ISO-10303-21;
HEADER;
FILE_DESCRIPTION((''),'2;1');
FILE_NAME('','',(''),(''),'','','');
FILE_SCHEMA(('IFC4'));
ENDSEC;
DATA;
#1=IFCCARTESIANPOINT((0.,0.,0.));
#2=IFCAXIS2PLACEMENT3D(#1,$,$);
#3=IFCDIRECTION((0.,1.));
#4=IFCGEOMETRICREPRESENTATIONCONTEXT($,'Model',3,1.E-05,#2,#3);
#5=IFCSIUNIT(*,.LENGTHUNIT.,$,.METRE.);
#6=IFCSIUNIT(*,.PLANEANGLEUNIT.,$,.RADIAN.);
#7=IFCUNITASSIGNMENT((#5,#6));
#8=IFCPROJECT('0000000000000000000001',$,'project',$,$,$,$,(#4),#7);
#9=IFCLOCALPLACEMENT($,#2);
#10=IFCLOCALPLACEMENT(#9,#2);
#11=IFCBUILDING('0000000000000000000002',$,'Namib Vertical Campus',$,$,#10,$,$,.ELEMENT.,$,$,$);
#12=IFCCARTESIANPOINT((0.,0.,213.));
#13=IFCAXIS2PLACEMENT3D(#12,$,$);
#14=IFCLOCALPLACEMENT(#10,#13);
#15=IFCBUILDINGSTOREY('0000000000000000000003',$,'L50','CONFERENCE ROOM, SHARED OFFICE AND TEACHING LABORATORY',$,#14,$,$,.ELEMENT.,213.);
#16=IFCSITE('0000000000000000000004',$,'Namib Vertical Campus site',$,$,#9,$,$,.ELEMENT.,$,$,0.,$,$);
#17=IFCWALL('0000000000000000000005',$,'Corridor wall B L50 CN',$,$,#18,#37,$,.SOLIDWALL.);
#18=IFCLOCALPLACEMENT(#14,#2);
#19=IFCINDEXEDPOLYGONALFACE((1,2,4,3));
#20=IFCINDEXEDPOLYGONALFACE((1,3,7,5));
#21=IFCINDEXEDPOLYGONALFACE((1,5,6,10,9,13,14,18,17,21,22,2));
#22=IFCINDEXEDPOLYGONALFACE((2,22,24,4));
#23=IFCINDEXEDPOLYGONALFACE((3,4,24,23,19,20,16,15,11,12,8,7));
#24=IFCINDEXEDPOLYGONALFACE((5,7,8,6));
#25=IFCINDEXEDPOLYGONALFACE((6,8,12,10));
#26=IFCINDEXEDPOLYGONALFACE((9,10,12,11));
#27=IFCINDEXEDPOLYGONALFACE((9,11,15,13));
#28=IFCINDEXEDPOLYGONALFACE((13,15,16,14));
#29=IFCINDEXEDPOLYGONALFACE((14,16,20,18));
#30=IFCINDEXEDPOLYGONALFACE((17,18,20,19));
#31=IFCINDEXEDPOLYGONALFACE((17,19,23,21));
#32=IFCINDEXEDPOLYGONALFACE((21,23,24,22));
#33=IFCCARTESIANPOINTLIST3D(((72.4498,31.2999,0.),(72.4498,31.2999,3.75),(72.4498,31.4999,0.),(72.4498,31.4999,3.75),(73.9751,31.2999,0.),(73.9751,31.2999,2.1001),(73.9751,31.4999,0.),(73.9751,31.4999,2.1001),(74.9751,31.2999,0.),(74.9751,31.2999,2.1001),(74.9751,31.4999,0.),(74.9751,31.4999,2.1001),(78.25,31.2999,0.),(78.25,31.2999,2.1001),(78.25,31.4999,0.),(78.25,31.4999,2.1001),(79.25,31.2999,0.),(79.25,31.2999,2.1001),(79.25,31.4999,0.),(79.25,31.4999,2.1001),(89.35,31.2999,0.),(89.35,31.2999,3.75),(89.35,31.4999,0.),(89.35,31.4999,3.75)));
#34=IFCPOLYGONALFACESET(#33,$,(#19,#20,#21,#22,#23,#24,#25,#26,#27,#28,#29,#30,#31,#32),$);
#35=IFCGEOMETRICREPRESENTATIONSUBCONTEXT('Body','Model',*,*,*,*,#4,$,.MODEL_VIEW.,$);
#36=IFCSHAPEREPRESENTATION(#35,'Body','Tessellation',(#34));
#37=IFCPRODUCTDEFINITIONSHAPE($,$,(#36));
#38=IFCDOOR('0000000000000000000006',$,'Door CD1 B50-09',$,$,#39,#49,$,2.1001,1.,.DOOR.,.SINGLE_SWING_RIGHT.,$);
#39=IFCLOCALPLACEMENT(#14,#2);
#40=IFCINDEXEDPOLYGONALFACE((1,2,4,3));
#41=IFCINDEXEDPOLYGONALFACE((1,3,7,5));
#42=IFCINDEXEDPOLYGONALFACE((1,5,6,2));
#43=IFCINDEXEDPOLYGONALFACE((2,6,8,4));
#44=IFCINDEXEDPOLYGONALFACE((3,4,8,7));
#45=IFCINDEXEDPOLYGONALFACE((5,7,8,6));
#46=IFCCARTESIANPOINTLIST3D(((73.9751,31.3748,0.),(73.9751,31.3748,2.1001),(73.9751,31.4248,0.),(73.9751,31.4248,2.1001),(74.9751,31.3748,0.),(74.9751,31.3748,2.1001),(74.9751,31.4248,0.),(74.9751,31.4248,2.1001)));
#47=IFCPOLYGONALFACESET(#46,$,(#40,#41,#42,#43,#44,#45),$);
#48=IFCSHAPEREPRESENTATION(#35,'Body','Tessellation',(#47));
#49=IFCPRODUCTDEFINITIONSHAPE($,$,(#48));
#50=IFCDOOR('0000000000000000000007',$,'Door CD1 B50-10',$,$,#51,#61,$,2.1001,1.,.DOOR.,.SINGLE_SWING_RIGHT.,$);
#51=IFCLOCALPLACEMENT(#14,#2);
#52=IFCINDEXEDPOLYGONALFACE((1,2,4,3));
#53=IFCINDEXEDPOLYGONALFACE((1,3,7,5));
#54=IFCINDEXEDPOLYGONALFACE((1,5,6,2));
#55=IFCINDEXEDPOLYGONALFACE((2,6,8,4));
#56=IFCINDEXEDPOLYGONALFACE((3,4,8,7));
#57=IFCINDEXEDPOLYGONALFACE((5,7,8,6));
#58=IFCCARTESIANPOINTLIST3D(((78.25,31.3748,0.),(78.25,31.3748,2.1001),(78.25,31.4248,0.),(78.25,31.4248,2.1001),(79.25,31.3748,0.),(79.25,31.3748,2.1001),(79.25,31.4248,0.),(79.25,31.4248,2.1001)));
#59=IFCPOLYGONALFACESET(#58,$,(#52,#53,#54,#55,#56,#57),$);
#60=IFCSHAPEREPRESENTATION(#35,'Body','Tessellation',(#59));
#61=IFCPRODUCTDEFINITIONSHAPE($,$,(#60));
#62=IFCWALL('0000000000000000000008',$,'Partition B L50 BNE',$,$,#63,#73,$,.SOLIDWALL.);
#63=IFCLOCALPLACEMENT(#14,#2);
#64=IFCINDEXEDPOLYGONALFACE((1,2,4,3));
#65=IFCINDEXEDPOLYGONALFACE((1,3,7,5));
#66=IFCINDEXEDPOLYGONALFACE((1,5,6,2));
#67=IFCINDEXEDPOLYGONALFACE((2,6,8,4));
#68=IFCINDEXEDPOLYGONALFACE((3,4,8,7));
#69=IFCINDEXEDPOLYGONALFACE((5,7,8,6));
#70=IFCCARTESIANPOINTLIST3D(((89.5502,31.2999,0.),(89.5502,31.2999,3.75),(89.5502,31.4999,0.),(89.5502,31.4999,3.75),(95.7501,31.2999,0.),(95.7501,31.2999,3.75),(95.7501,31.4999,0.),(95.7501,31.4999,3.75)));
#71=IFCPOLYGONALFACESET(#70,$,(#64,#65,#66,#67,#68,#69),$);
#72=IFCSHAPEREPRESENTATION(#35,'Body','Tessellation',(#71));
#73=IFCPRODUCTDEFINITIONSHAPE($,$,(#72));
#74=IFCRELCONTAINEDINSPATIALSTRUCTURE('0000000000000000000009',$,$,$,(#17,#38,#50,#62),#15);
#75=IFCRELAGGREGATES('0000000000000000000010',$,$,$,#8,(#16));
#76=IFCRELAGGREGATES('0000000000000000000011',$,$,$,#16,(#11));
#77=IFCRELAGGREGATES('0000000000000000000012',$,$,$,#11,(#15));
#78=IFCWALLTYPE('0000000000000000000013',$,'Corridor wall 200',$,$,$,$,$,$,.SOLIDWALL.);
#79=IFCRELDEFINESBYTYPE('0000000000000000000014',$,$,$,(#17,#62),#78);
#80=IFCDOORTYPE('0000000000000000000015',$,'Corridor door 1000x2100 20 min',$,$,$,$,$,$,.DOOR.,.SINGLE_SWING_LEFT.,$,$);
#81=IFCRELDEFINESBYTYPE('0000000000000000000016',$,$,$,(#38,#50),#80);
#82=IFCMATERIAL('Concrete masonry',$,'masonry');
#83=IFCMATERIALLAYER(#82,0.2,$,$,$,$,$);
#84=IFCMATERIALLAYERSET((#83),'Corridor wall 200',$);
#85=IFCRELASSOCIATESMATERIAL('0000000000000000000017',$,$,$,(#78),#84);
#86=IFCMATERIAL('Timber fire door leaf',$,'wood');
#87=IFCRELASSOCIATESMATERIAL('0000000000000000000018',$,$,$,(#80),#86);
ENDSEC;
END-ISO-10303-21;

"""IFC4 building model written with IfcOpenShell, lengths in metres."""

from ifc_helpers import new_model, si_unit, direction, frame, frame_2d, origin, place, context, subcontext, project, spatial, rectangle, extrude, material, layer, layer_set, type_object, element, fill, save


model = new_model("IFC4")

# Units and contexts
model_context = context("Model", 3, precision=1e-05, world=origin(), true_north=direction((0.0, 1.0)))
body_context = subcontext(model_context, "Body", "Model", "MODEL_VIEW")
ifc_project = project(units=[si_unit("LENGTHUNIT", "METRE"), si_unit("PLANEANGLEUNIT", "RADIAN")], contexts=[model_context])

# Site, building, storey
site_placement = place(None, origin())
site = spatial("IfcSite", under=ifc_project, at=site_placement, Name="Namib Vertical Campus site", CompositionType="ELEMENT", RefElevation=0.0)
building_placement = place(site_placement, origin())
building = spatial("IfcBuilding", under=site, at=building_placement, Name="Namib Vertical Campus", CompositionType="ELEMENT")
storey_placement = place(building_placement, frame((0.0, 0.0, 213.0)))
storey = spatial("IfcBuildingStorey", under=building, at=storey_placement, Name="L50", Description="CONFERENCE ROOM, SHARED OFFICE AND TEACHING LABORATORY", CompositionType="ELEMENT", Elevation=213.0)

# Wall, openings, doors
ifc_material_1 = material(Name="Concrete masonry", Category="masonry")
ifc_layer_1 = layer(ifc_material_1, 0.2)
ifc_layer_set_1 = layer_set([ifc_layer_1], Name="Corridor wall 200")
wall_type_1 = type_object("IfcWallType", Name="Corridor wall 200", PredefinedType="SOLIDWALL", material=ifc_layer_set_1)
wall_1_placement = place(storey_placement, frame((89.3501, 31.3999, 0.0), z_axis=(0.0, 0.0, 1.0), x_axis=(-1.0, 0.0, 0.0)))
wall_1 = element("IfcWall", 1, at=wall_1_placement, inside=storey, type_object=wall_type_1, Name="Corridor wall B L50 CN", PredefinedType="SOLIDWALL", context=body_context, shape_type="SweptSolid", body=[
    extrude(rectangle(XDim=16.9001, YDim=0.2, at=frame_2d((8.4502, 0.0))), origin(), (0.0, 0.0, 1.0), 3.75),
])
opening_1_placement = place(wall_1_placement, frame((14.375, 0.0, 0.0)))
opening_1 = element("IfcOpeningElement", 2, at=opening_1_placement, cuts=wall_1, PredefinedType="OPENING", context=body_context, shape_type="SweptSolid", body=[
    extrude(rectangle(XDim=1.0, YDim=2.1001, at=frame_2d((0.5, 1.05))), frame((0.0, 0.1099, 0.0), z_axis=(0.0, -1.0, 0.0), x_axis=(1.0, 0.0, 0.0)), (0.0, 0.0, 1.0), 0.22),
])
opening_2_placement = place(wall_1_placement, frame((10.1001, 0.0, 0.0)))
opening_2 = element("IfcOpeningElement", 3, at=opening_2_placement, cuts=wall_1, PredefinedType="OPENING", context=body_context, shape_type="SweptSolid", body=[
    extrude(rectangle(XDim=1.0, YDim=2.1001, at=frame_2d((0.5, 1.05))), frame((0.0, 0.1099, 0.0), z_axis=(0.0, -1.0, 0.0), x_axis=(1.0, 0.0, 0.0)), (0.0, 0.0, 1.0), 0.22),
])
ifc_material_2 = material(Name="Timber fire door leaf", Category="wood")
door_type_1 = type_object("IfcDoorType", Name="Corridor door 1000x2100 20 min", OperationType="SINGLE_SWING_LEFT", PredefinedType="DOOR", material=ifc_material_2)
door_1_placement = place(opening_1_placement, frame((1.0, 0.0, 0.0), z_axis=(0.0, 0.0, 1.0), x_axis=(-1.0, 0.0, 0.0)))
door_1 = element("IfcDoor", 4, at=door_1_placement, inside=storey, type_object=door_type_1, Name="Door CD1 B50-09", OperationType="SINGLE_SWING_RIGHT", OverallHeight=2.1001, OverallWidth=1.0, PredefinedType="DOOR", context=body_context, shape_type="SweptSolid", body=[
    extrude(rectangle(XDim=1.0, YDim=2.1001, at=frame_2d((0.5, 1.05))), frame((0.0, 0.0249, 0.0), z_axis=(0.0, -1.0, 0.0), x_axis=(1.0, 0.0, 0.0)), (0.0, 0.0, 1.0), 0.05),
])
fill(opening_1, door_1)
door_2_placement = place(opening_2_placement, frame((1.0, 0.0, 0.0), z_axis=(0.0, 0.0, 1.0), x_axis=(-1.0, 0.0, 0.0)))
door_2 = element("IfcDoor", 5, at=door_2_placement, inside=storey, type_object=door_type_1, Name="Door CD1 B50-10", OperationType="SINGLE_SWING_RIGHT", OverallHeight=2.1001, OverallWidth=1.0, PredefinedType="DOOR", context=body_context, shape_type="SweptSolid", body=[
    extrude(rectangle(XDim=1.0, YDim=2.1001, at=frame_2d((0.5, 1.05))), frame((0.0, 0.0249, 0.0), z_axis=(0.0, -1.0, 0.0), x_axis=(1.0, 0.0, 0.0)), (0.0, 0.0, 1.0), 0.05),
])
fill(opening_2, door_2)

# Wall
wall_2_placement = place(storey_placement, frame((89.55, 31.3999, 0.0), z_axis=(0.0, 0.0, 1.0), x_axis=(1.0, 0.0, 0.0)))
element("IfcWall", 6, at=wall_2_placement, inside=storey, type_object=wall_type_1, Name="Partition B L50 BNE", PredefinedType="SOLIDWALL", context=body_context, shape_type="SweptSolid", body=[
    extrude(rectangle(XDim=6.2, YDim=0.2, at=frame_2d((3.1001, 0.0))), origin(), (0.0, 0.0, 1.0), 3.75),
])

save(model, "model.ifc")
